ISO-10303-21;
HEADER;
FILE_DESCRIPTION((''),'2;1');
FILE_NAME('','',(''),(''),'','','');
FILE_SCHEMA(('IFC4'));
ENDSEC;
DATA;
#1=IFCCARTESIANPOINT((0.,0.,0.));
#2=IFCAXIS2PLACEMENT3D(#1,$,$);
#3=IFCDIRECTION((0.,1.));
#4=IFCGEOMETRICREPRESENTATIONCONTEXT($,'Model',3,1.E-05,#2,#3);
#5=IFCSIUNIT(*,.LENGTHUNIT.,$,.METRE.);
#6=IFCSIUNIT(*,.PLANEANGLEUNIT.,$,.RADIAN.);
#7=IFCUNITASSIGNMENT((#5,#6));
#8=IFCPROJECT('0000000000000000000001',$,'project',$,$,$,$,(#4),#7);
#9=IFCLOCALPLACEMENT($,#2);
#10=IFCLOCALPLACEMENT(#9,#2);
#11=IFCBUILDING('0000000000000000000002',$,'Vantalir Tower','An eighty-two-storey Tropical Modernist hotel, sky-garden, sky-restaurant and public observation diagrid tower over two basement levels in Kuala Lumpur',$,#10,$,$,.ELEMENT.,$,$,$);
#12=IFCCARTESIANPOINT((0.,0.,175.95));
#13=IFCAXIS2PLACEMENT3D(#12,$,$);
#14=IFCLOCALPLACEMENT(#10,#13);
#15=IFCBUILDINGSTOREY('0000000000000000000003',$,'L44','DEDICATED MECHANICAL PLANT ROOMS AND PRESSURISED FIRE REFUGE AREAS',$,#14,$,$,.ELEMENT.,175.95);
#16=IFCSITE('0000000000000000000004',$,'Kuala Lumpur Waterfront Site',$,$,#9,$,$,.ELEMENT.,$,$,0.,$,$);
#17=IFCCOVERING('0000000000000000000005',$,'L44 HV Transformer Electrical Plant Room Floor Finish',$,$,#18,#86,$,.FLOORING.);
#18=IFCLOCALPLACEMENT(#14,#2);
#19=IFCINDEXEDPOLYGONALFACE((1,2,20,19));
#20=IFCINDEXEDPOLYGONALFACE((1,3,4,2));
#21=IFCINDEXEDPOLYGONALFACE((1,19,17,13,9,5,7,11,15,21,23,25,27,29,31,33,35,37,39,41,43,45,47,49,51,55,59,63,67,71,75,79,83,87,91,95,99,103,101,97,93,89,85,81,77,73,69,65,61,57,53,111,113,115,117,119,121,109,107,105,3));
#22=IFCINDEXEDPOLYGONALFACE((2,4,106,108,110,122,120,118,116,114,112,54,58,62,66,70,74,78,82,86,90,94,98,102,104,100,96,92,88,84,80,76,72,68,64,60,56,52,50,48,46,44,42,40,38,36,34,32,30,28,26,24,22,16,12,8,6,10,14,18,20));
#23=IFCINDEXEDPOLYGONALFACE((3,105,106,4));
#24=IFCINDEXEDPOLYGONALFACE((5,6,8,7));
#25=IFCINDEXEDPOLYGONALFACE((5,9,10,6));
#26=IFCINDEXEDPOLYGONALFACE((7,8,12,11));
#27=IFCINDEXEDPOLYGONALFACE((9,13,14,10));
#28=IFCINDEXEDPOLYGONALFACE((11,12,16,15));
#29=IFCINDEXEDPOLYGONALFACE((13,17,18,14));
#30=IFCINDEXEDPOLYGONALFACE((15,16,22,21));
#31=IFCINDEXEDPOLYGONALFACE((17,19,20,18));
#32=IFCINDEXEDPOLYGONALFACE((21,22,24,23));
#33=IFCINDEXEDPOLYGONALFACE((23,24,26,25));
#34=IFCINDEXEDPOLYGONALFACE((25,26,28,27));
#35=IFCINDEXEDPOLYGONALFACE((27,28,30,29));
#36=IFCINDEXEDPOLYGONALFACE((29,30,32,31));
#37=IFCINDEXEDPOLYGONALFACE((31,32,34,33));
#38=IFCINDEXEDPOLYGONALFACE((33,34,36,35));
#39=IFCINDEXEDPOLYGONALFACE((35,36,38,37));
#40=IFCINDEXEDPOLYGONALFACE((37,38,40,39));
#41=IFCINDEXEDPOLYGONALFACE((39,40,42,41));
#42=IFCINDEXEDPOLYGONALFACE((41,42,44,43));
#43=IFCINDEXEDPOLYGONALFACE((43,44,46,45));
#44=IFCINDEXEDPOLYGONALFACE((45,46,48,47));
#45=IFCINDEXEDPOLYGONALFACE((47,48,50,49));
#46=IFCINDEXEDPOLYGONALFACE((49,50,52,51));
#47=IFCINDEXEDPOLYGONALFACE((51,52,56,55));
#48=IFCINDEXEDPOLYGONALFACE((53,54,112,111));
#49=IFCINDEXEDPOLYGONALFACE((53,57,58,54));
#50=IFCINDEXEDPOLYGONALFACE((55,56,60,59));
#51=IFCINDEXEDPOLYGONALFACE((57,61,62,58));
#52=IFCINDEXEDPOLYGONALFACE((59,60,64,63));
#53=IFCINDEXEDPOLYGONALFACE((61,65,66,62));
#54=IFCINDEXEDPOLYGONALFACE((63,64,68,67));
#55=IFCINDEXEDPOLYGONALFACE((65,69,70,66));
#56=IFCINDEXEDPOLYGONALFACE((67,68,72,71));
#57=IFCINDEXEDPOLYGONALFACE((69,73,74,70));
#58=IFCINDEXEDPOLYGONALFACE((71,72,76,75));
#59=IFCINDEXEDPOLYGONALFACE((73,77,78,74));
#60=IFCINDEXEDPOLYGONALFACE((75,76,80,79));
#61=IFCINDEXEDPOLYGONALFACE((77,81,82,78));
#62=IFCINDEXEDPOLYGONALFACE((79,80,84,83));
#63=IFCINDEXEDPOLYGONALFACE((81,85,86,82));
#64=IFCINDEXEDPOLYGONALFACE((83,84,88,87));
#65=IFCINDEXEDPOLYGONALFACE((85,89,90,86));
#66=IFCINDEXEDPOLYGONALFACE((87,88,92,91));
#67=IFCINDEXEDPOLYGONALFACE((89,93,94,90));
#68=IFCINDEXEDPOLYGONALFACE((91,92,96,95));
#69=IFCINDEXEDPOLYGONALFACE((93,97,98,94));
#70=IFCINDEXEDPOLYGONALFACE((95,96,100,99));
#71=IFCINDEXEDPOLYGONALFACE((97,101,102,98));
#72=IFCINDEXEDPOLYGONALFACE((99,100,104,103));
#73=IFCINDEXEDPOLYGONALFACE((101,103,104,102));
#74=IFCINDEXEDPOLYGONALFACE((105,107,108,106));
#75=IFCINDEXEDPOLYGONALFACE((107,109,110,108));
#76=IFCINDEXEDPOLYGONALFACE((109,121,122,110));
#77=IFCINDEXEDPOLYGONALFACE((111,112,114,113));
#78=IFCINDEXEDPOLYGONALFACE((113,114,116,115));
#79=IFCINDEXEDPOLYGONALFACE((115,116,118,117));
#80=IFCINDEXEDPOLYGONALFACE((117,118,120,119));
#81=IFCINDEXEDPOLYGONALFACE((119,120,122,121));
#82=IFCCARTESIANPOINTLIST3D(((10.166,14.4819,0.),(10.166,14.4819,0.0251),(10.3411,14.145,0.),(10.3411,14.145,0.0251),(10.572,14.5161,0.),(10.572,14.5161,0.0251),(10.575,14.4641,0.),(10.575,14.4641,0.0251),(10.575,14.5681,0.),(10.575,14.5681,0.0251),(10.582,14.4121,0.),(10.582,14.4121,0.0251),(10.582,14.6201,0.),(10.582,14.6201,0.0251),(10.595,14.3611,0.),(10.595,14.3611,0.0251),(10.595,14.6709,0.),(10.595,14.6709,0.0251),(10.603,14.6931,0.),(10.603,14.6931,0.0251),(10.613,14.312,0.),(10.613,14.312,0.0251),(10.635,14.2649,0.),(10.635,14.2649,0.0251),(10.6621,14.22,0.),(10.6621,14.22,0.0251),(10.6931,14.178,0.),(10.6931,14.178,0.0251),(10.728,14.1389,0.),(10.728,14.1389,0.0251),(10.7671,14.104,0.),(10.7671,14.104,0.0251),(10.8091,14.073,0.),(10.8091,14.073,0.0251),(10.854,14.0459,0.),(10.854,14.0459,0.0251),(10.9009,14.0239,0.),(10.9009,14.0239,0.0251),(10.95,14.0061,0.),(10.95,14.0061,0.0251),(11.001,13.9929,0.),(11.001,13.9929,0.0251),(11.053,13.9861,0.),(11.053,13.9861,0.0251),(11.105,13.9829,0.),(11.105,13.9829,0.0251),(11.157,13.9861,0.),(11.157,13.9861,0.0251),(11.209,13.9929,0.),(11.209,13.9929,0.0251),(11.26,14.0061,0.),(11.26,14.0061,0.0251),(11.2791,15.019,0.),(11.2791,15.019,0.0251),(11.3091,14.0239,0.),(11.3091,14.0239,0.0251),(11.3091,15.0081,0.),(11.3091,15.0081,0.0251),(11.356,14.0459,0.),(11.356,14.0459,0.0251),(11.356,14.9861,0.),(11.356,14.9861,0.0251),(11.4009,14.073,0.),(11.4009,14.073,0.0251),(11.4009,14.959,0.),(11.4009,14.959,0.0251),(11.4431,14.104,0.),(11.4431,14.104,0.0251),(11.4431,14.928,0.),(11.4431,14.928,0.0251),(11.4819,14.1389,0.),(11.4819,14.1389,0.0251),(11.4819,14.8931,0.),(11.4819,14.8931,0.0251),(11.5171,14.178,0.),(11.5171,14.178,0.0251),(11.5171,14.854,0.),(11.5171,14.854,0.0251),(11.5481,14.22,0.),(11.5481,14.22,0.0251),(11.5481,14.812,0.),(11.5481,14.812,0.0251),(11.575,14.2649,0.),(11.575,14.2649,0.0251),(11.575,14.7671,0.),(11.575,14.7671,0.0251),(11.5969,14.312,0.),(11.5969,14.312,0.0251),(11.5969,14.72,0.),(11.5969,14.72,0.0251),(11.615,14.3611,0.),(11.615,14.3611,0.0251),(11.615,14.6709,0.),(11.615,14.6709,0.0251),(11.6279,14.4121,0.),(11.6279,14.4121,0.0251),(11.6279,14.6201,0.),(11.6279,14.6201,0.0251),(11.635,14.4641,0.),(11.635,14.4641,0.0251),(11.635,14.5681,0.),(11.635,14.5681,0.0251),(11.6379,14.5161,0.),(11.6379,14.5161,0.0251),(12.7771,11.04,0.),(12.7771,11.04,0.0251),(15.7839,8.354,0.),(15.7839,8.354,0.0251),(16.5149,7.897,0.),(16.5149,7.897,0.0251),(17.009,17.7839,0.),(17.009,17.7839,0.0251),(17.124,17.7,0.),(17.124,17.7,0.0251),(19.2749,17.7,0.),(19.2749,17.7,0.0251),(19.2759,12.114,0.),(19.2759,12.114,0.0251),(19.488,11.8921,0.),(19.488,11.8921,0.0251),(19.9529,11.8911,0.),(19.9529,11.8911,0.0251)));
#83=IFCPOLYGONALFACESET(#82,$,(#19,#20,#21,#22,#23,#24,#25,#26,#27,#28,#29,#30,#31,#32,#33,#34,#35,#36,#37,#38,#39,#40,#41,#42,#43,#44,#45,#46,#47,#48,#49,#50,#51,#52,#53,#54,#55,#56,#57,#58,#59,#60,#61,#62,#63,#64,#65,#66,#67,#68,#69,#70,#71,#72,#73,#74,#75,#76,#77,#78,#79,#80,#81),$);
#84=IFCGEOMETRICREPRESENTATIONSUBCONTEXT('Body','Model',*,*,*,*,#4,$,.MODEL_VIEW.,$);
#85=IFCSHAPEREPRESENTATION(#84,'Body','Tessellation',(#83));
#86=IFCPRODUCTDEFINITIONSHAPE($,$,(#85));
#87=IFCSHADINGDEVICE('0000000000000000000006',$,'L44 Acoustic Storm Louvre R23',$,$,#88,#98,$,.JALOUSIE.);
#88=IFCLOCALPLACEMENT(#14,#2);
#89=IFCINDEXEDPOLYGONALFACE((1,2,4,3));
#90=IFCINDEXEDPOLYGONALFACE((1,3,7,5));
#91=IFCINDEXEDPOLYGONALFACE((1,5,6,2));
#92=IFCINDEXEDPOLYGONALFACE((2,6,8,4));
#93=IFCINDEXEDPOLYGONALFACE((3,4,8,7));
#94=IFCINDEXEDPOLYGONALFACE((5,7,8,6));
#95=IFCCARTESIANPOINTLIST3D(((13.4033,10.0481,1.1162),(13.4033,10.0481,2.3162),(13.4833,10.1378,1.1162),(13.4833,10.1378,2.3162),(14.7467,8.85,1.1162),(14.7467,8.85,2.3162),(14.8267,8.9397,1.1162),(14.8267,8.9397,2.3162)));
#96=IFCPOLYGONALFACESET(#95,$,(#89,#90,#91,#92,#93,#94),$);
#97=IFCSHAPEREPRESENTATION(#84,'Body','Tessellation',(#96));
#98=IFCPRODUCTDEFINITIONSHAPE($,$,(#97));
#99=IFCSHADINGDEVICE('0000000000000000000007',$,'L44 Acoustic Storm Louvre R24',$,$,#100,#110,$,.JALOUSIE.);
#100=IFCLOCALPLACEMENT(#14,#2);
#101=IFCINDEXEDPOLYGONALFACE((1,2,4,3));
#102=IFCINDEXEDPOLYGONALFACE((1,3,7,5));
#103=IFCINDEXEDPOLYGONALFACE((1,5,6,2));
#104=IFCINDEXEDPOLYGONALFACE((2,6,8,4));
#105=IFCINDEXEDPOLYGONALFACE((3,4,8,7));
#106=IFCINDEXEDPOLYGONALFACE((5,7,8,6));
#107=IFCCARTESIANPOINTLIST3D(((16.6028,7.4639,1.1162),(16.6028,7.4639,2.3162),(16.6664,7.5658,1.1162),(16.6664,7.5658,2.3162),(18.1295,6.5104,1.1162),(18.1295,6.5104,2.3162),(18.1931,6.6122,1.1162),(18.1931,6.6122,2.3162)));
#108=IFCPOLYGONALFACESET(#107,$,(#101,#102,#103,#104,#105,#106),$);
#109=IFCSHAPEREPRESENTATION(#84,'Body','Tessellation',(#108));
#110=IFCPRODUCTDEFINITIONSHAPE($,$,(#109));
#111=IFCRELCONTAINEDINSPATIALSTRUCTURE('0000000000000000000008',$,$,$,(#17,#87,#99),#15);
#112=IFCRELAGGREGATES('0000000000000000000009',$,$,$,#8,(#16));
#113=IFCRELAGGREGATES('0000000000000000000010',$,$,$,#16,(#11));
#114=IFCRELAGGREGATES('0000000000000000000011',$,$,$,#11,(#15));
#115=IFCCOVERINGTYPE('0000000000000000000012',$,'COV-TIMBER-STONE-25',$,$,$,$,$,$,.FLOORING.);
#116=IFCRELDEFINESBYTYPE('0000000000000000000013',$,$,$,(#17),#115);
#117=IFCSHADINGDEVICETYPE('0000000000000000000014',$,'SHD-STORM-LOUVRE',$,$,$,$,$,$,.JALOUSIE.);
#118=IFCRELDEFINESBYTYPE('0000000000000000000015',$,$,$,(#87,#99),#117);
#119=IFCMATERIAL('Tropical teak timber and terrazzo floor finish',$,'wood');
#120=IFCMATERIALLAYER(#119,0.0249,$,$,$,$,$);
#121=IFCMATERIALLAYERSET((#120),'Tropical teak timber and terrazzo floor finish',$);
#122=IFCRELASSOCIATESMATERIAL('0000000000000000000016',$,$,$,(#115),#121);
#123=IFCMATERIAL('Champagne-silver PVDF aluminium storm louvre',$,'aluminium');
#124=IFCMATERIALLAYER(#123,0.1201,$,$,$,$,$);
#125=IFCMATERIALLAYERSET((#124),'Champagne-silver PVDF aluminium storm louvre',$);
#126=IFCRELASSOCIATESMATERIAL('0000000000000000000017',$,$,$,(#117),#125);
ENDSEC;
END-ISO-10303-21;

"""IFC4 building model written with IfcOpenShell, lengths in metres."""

from ifc_helpers import new_model, si_unit, direction, frame, origin, origin_2d, place, context, subcontext, project, spatial, polyline, rectangle, outline, extrude, material, layer, layer_set, type_object, element, save


model = new_model("IFC4")

# Units and contexts
model_context = context("Model", 3, precision=1e-05, world=origin(), true_north=direction((0.0, 1.0)))
body_context = subcontext(model_context, "Body", "Model", "MODEL_VIEW")
ifc_project = project(units=[si_unit("LENGTHUNIT", "METRE"), si_unit("PLANEANGLEUNIT", "RADIAN")], contexts=[model_context])

# Site, building, storey
site_placement = place(None, origin())
site = spatial("IfcSite", under=ifc_project, at=site_placement, Name="Kuala Lumpur Waterfront Site", CompositionType="ELEMENT", RefElevation=0.0)
building_placement = place(site_placement, origin())
building = spatial("IfcBuilding", under=site, at=building_placement, Name="Vantalir Tower", Description="An eighty-two-storey Tropical Modernist hotel, sky-garden, sky-restaurant and public observation diagrid tower over two basement levels in Kuala Lumpur", CompositionType="ELEMENT")
storey_placement = place(building_placement, frame((0.0, 0.0, 175.95)))
storey = spatial("IfcBuildingStorey", under=building, at=storey_placement, Name="L44", Description="DEDICATED MECHANICAL PLANT ROOMS AND PRESSURISED FIRE REFUGE AREAS", CompositionType="ELEMENT", Elevation=175.95)

# Covering
ifc_material_1 = material(Name="Tropical teak timber and terrazzo floor finish", Category="wood")
ifc_layer_1 = layer(ifc_material_1, 0.0249)
ifc_layer_set_1 = layer_set([ifc_layer_1], Name="Tropical teak timber and terrazzo floor finish")
covering_type_1 = type_object("IfcCoveringType", Name="COV-TIMBER-STONE-25", PredefinedType="FLOORING", material=ifc_layer_set_1)
covering_1_placement = place(storey_placement, origin())
element("IfcCovering", 1, at=covering_1_placement, inside=storey, type_object=covering_type_1, Name="L44 HV Transformer Electrical Plant Room Floor Finish", PredefinedType="FLOORING", context=body_context, shape_type="SweptSolid", body=[
    extrude(outline(polyline([(16.5149, 7.897), (19.9529, 11.8911), (19.488, 11.8921), (19.2759, 12.114), (19.2749, 17.7), (17.124, 17.7), (17.009, 17.7839), (11.2791, 15.019), (11.3091, 15.0081), (11.356, 14.9861), (11.4009, 14.959), (11.4431, 14.928), (11.4819, 14.8931), (11.5171, 14.854), (11.5481, 14.812), (11.575, 14.7671), (11.5969, 14.72), (11.615, 14.6709), (11.6279, 14.6201), (11.635, 14.5681), (11.6379, 14.5161), (11.635, 14.4641), (11.6279, 14.4121), (11.615, 14.3611), (11.5969, 14.312), (11.575, 14.2649), (11.5481, 14.22), (11.5171, 14.178), (11.4819, 14.1389), (11.4431, 14.104), (11.4009, 14.073), (11.356, 14.0459), (11.3091, 14.0239), (11.26, 14.0061), (11.209, 13.9929), (11.157, 13.9861), (11.105, 13.9829), (11.053, 13.9861), (11.001, 13.9929), (10.95, 14.0061), (10.9009, 14.0239), (10.854, 14.0459), (10.8091, 14.073), (10.7671, 14.104), (10.728, 14.1389), (10.6931, 14.178), (10.6621, 14.22), (10.635, 14.2649), (10.613, 14.312), (10.595, 14.3611), (10.582, 14.4121), (10.575, 14.4641), (10.572, 14.5161), (10.575, 14.5681), (10.582, 14.6201), (10.595, 14.6709), (10.603, 14.6931), (10.166, 14.4819), (10.3411, 14.145), (12.7771, 11.04), (15.7839, 8.354), (16.5149, 7.897)])), origin(), (0.0, 0.0, 1.0), 0.0251),
])

# Shading devices
ifc_material_2 = material(Name="Champagne-silver PVDF aluminium storm louvre", Category="aluminium")
ifc_layer_2 = layer(ifc_material_2, 0.1201)
ifc_layer_set_2 = layer_set([ifc_layer_2], Name="Champagne-silver PVDF aluminium storm louvre")
shading_device_type = type_object("IfcShadingDeviceType", Name="SHD-STORM-LOUVRE", PredefinedType="JALOUSIE", material=ifc_layer_set_2)
for number, where, z_axis, x_axis, name in (
    (2, (14.115, 9.4939, 1.1162), (0.0, 0.0, 1.0), (0.746313, -0.665595, 0.0), "L44 Acoustic Storm Louvre R23"),
    (3, (17.3979, 7.0381, 1.1162), (0.0, 0.0, 1.0), (0.848159, -0.529742, 0.0), "L44 Acoustic Storm Louvre R24"),
):
    element("IfcShadingDevice", number, at=place(storey_placement, frame(where, z_axis=z_axis, x_axis=x_axis)), inside=storey, type_object=shading_device_type, Name=name, PredefinedType="JALOUSIE", context=body_context, shape_type="SweptSolid", body=[
        extrude(rectangle(XDim=1.8, YDim=0.1201, at=origin_2d()), origin(), (0.0, 0.0, 1.0), 1.2),
    ])

save(model, "model.ifc")
